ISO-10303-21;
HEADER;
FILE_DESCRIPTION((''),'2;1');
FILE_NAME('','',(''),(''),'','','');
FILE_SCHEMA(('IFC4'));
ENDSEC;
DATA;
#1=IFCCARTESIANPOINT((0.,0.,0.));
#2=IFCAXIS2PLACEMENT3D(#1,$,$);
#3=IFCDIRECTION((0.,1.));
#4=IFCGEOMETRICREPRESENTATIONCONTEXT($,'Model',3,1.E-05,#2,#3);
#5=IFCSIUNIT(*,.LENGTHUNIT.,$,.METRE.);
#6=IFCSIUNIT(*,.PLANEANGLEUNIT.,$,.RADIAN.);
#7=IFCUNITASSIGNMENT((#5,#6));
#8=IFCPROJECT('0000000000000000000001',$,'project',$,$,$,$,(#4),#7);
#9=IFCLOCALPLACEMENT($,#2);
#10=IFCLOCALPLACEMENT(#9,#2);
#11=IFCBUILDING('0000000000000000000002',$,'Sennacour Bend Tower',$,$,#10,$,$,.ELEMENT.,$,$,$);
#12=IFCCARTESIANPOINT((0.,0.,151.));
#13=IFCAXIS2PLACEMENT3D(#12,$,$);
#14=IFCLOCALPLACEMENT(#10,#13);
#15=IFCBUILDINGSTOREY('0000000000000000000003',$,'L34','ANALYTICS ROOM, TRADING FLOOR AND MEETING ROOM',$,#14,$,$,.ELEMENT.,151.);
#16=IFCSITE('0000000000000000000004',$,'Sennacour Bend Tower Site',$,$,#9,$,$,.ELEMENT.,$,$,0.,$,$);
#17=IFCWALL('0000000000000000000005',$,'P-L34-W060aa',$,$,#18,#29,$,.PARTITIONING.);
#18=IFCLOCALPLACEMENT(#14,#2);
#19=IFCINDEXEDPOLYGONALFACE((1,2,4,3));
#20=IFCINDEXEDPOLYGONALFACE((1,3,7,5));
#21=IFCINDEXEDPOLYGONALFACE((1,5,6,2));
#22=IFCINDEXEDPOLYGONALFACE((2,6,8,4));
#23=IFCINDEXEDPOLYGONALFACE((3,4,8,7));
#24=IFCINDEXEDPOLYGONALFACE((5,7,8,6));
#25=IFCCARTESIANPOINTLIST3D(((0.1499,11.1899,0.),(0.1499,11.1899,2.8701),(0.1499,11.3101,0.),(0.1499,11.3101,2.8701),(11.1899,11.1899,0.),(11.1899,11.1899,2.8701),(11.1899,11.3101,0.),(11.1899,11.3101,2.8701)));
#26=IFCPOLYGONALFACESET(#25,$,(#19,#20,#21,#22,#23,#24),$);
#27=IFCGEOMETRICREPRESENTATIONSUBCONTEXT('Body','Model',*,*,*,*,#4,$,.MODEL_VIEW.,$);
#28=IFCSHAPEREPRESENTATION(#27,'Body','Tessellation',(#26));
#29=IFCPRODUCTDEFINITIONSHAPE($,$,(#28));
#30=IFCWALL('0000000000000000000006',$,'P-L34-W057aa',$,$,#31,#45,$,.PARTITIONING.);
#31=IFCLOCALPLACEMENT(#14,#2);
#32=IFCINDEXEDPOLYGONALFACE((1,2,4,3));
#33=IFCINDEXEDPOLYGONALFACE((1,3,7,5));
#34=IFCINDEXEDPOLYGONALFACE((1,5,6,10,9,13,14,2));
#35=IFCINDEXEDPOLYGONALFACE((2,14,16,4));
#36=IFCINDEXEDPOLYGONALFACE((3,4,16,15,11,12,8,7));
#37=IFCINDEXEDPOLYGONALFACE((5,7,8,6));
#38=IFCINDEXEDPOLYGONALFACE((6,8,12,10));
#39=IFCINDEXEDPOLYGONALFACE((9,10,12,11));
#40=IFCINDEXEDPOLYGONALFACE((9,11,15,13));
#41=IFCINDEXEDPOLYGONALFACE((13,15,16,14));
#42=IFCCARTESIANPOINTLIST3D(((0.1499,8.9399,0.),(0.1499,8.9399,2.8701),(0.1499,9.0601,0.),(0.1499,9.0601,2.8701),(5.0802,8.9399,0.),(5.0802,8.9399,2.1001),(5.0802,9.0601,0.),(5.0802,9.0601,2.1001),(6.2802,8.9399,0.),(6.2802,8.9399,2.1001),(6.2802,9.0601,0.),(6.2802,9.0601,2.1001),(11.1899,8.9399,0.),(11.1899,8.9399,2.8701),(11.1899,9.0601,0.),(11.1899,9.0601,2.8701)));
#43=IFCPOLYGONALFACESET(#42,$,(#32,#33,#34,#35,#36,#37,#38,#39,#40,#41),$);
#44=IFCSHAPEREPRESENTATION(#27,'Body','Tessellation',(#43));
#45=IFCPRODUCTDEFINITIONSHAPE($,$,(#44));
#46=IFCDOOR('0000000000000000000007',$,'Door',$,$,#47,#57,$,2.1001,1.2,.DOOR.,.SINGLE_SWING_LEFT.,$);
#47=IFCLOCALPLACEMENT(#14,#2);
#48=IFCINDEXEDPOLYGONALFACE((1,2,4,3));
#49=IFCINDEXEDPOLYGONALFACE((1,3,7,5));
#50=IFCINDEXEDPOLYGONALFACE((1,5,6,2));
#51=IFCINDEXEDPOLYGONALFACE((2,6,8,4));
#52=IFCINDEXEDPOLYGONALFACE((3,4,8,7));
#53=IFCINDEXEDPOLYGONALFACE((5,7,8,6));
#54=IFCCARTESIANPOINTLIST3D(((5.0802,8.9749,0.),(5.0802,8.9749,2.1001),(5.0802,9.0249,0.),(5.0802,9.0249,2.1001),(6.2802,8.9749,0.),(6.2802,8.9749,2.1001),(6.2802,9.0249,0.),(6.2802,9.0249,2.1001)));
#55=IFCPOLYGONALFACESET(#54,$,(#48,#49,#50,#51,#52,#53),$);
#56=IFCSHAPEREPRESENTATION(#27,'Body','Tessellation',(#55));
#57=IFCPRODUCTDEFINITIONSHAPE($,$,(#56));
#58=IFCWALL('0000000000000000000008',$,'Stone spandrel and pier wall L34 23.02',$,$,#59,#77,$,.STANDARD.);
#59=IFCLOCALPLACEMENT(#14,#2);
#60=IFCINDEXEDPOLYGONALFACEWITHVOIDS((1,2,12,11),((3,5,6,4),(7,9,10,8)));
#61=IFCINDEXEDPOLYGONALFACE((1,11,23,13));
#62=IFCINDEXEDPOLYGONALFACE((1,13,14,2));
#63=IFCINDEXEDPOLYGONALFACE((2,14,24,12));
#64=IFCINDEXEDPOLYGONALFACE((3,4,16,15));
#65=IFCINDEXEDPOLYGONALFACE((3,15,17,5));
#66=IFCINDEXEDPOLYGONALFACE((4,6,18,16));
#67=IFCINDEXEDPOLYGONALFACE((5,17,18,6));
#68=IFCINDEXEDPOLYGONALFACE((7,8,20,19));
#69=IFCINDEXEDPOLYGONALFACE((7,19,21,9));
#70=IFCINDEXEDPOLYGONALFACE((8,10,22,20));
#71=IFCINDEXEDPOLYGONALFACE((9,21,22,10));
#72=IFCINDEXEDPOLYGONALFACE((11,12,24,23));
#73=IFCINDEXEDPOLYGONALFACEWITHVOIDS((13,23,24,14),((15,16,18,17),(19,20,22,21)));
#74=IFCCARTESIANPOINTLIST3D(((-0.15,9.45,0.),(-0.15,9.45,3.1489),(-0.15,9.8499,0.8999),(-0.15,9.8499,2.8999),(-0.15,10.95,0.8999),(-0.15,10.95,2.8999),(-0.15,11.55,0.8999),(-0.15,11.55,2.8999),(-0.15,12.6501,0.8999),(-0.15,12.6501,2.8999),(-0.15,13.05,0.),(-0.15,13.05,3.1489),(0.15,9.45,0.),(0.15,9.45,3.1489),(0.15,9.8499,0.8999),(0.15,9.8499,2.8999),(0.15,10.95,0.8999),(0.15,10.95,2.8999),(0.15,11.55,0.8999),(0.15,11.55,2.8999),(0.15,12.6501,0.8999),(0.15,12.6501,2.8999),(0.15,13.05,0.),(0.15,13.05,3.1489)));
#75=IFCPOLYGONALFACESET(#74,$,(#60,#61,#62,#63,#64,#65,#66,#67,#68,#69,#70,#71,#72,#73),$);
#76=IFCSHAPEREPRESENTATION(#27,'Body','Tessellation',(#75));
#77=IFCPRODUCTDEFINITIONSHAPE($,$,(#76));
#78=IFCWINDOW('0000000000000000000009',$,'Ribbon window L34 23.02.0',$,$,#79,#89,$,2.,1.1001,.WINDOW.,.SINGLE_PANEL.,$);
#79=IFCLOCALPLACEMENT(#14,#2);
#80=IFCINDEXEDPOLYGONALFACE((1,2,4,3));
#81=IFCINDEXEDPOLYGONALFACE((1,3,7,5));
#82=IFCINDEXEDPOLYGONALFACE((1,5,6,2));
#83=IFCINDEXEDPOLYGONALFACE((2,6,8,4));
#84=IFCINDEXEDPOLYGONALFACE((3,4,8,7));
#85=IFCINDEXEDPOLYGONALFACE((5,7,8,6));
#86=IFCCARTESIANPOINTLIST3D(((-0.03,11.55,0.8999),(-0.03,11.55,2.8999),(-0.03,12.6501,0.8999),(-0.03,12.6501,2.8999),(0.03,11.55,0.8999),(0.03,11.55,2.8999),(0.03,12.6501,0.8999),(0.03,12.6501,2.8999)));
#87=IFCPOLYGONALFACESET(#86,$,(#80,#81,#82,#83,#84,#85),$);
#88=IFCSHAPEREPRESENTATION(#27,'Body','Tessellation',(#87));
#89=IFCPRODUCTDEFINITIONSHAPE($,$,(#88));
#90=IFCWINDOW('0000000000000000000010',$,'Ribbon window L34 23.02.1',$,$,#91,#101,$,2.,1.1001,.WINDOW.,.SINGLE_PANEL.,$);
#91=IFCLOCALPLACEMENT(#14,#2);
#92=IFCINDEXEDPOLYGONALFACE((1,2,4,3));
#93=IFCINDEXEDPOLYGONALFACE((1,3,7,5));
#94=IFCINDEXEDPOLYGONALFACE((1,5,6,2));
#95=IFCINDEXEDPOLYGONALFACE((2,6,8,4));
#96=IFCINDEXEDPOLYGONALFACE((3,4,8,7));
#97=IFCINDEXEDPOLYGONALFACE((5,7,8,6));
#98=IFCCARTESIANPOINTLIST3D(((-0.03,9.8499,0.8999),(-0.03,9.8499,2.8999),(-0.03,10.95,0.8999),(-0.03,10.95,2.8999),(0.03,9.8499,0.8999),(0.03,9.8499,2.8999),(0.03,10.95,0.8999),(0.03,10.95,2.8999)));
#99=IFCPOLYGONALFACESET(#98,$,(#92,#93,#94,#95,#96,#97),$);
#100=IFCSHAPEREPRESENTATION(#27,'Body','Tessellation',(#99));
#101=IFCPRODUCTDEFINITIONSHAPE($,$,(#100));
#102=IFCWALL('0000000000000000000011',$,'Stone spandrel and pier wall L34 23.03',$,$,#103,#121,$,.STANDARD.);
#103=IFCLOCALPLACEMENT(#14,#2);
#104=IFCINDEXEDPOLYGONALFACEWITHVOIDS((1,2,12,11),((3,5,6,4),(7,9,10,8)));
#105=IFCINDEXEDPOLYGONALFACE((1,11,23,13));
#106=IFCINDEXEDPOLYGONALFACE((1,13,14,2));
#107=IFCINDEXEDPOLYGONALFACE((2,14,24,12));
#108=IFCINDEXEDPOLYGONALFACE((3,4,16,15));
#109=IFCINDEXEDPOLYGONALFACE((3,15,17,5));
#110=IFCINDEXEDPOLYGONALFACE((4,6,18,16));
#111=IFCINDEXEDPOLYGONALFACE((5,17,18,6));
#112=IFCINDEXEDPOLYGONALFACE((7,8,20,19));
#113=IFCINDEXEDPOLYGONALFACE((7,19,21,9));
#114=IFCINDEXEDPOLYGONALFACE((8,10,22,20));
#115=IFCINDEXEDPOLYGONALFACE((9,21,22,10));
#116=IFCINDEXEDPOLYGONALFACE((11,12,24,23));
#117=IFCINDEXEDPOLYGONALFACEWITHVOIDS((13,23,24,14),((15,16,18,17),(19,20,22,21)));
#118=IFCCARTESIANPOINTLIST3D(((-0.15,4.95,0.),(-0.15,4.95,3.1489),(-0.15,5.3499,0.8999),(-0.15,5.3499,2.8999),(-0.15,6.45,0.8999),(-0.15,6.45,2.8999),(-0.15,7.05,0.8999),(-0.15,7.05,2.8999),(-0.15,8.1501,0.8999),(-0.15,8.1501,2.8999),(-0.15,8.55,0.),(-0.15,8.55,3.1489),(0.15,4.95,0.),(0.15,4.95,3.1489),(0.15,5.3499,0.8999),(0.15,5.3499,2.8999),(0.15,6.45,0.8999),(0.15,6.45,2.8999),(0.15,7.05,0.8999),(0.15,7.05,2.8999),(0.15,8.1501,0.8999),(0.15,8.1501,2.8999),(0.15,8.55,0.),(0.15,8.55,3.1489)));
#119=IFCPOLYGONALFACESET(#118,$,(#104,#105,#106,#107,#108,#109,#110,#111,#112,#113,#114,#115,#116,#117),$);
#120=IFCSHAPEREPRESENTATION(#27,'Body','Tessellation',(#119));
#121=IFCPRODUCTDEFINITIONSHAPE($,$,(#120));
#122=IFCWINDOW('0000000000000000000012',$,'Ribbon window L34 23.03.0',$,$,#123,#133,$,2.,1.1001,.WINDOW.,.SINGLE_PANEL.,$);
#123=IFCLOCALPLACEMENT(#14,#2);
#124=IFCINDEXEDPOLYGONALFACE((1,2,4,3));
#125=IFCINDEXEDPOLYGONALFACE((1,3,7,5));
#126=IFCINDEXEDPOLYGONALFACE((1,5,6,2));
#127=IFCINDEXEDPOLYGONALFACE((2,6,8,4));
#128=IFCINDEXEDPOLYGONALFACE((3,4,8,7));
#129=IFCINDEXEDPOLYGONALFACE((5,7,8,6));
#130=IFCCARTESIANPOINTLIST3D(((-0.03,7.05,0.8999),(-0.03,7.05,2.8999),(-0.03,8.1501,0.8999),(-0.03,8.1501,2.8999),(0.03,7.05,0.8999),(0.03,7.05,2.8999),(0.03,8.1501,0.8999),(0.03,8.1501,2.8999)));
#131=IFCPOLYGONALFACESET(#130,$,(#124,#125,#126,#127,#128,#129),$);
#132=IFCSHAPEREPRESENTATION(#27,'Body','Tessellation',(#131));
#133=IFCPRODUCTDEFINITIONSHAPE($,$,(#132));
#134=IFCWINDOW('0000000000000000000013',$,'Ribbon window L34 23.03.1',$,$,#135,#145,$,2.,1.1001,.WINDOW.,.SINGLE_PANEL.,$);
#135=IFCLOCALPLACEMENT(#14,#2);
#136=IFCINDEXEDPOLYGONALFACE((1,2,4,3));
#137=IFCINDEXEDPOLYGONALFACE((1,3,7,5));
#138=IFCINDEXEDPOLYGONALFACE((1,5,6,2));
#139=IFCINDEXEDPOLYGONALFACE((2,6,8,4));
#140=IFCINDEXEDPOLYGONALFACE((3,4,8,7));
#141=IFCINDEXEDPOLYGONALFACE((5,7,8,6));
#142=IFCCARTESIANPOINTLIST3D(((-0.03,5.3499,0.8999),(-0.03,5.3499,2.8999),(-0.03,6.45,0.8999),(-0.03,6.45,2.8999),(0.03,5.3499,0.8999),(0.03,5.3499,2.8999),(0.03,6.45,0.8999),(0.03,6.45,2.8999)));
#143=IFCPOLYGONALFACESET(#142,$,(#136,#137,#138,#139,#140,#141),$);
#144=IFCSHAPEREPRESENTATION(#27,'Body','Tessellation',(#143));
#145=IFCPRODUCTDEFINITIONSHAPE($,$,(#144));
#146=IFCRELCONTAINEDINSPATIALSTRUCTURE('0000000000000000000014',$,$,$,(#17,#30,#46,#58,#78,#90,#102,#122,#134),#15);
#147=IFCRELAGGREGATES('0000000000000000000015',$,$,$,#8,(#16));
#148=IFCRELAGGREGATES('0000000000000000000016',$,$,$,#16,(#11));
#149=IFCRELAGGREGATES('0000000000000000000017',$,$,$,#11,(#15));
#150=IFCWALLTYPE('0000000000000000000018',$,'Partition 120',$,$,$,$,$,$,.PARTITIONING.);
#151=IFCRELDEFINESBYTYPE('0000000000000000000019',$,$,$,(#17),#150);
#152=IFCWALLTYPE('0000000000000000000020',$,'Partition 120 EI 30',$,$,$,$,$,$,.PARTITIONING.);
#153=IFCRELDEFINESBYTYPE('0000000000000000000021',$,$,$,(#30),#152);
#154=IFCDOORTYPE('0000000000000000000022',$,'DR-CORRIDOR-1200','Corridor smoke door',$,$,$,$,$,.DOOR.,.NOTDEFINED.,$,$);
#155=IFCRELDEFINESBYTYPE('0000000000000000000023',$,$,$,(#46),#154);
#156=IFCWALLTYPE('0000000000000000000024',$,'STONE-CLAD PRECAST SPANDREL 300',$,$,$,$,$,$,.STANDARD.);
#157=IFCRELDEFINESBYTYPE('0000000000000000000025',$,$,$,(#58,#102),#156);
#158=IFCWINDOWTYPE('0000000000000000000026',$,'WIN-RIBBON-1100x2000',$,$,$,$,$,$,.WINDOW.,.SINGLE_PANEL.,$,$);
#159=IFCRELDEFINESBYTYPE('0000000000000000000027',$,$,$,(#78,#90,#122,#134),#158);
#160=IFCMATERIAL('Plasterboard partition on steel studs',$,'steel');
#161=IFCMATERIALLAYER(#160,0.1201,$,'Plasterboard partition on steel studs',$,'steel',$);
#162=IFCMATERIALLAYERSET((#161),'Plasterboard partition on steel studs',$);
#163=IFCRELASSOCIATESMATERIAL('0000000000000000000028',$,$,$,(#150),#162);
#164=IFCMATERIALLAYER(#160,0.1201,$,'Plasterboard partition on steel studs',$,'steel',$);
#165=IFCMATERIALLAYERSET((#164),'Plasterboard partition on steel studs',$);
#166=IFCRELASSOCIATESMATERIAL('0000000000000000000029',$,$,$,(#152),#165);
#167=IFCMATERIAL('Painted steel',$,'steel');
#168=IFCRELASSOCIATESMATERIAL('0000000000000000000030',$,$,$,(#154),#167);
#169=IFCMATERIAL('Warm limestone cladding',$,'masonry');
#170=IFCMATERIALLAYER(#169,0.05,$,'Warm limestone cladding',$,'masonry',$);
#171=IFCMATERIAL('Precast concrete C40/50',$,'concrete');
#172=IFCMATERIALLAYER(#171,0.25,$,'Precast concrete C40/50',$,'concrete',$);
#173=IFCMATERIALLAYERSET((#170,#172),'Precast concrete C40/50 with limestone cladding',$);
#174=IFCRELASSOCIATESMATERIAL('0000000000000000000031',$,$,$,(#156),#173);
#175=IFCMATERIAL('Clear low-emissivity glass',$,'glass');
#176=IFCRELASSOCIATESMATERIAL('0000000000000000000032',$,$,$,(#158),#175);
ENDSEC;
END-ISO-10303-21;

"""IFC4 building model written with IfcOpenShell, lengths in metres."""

from ifc_helpers import new_model, si_unit, direction, frame, frame_2d, origin, place, context, subcontext, project, spatial, rectangle, extrude, material, layer, layer_set, type_object, element, fill, save


model = new_model("IFC4")

# Units and contexts
model_context = context("Model", 3, precision=1e-05, world=origin(), true_north=direction((0.0, 1.0)))
body_context = subcontext(model_context, "Body", "Model", "MODEL_VIEW")
ifc_project = project(units=[si_unit("LENGTHUNIT", "METRE"), si_unit("PLANEANGLEUNIT", "RADIAN")], contexts=[model_context])

# Site, building, storey
site_placement = place(None, origin())
site = spatial("IfcSite", under=ifc_project, at=site_placement, Name="Sennacour Bend Tower Site", CompositionType="ELEMENT", RefElevation=0.0)
building_placement = place(site_placement, origin())
building = spatial("IfcBuilding", under=site, at=building_placement, Name="Sennacour Bend Tower", CompositionType="ELEMENT")
storey_placement = place(building_placement, frame((0.0, 0.0, 151.0)))
storey = spatial("IfcBuildingStorey", under=building, at=storey_placement, Name="L34", Description="ANALYTICS ROOM, TRADING FLOOR AND MEETING ROOM", CompositionType="ELEMENT", Elevation=151.0)

# Wall
ifc_material_1 = material(Name="Plasterboard partition on steel studs", Category="steel")
ifc_layer_1 = layer(ifc_material_1, 0.1201, Name="Plasterboard partition on steel studs", Category="steel")
ifc_layer_set_1 = layer_set([ifc_layer_1], Name="Plasterboard partition on steel studs")
wall_type_1 = type_object("IfcWallType", Name="Partition 120", PredefinedType="PARTITIONING", material=ifc_layer_set_1)
wall_1_placement = place(storey_placement, frame((0.1499, 11.25, 0.0), z_axis=(0.0, 0.0, 1.0), x_axis=(1.0, 0.0, 0.0)))
element("IfcWall", 1, at=wall_1_placement, inside=storey, type_object=wall_type_1, Name="P-L34-W060aa", PredefinedType="PARTITIONING", context=body_context, shape_type="SweptSolid", body=[
    extrude(rectangle(XDim=11.04, YDim=0.1201, at=frame_2d((5.52, 0.0))), origin(), (0.0, 0.0, 1.0), 2.8701),
])

# Wall, opening, door
ifc_layer_2 = layer(ifc_material_1, 0.1201, Name="Plasterboard partition on steel studs", Category="steel")
ifc_layer_set_2 = layer_set([ifc_layer_2], Name="Plasterboard partition on steel studs")
wall_type_2 = type_object("IfcWallType", Name="Partition 120 EI 30", PredefinedType="PARTITIONING", material=ifc_layer_set_2)
wall_2_placement = place(storey_placement, frame((0.1499, 9.0, 0.0), z_axis=(0.0, 0.0, 1.0), x_axis=(1.0, 0.0, 0.0)))
wall_2 = element("IfcWall", 2, at=wall_2_placement, inside=storey, type_object=wall_type_2, Name="P-L34-W057aa", PredefinedType="PARTITIONING", context=body_context, shape_type="SweptSolid", body=[
    extrude(rectangle(XDim=11.04, YDim=0.1201, at=frame_2d((5.52, 0.0))), origin(), (0.0, 0.0, 1.0), 2.8701),
])
opening_1_placement = place(wall_2_placement, frame((4.9302, 0.0, 0.0)))
opening_1 = element("IfcOpeningElement", 3, at=opening_1_placement, cuts=wall_2, PredefinedType="OPENING", context=body_context, shape_type="SweptSolid", body=[
    extrude(rectangle(XDim=1.2, YDim=2.1001, at=frame_2d((0.6001, 1.05))), frame((0.0, 0.0701, 0.0), z_axis=(0.0, -1.0, 0.0), x_axis=(1.0, 0.0, 0.0)), (0.0, 0.0, 1.0), 0.1401),
])
ifc_material_2 = material(Name="Painted steel", Category="steel")
door_type_1 = type_object("IfcDoorType", Name="DR-CORRIDOR-1200", Description="Corridor smoke door", OperationType="NOTDEFINED", PredefinedType="DOOR", material=ifc_material_2)
door_1_placement = place(opening_1_placement, origin())
door_1 = element("IfcDoor", 4, at=door_1_placement, inside=storey, type_object=door_type_1, Name="Door", OperationType="SINGLE_SWING_LEFT", OverallHeight=2.1001, OverallWidth=1.2, PredefinedType="DOOR", context=body_context, shape_type="SweptSolid", body=[
    extrude(rectangle(XDim=1.2, YDim=2.1001, at=frame_2d((0.6001, 1.05))), frame((0.0, 0.0249, 0.0), z_axis=(0.0, -1.0, 0.0), x_axis=(1.0, 0.0, 0.0)), (0.0, 0.0, 1.0), 0.05),
])
fill(opening_1, door_1)

# Walls, openings, windows
ifc_material_3 = material(Name="Warm limestone cladding", Category="masonry")
ifc_layer_3 = layer(ifc_material_3, 0.05, Name="Warm limestone cladding", Category="masonry")
ifc_material_4 = material(Name="Precast concrete C40/50", Category="concrete")
ifc_layer_4 = layer(ifc_material_4, 0.25, Name="Precast concrete C40/50", Category="concrete")
ifc_layer_set_3 = layer_set([ifc_layer_3, ifc_layer_4], Name="Precast concrete C40/50 with limestone cladding")
wall_type_3 = type_object("IfcWallType", Name="STONE-CLAD PRECAST SPANDREL 300", PredefinedType="STANDARD", material=ifc_layer_set_3)
wall_3_placement = place(storey_placement, frame((0.0, 13.05, 0.0), z_axis=(0.0, 0.0, 1.0), x_axis=(0.0, -1.0, 0.0)))
wall_3 = element("IfcWall", 5, at=wall_3_placement, inside=storey, type_object=wall_type_3, Name="Stone spandrel and pier wall L34 23.02", PredefinedType="STANDARD", context=body_context, shape_type="SweptSolid", body=[
    extrude(rectangle(XDim=3.6001, YDim=0.3, at=frame_2d((1.8, 0.0))), origin(), (0.0, 0.0, 1.0), 3.1489),
])
opening_2_placement = place(wall_3_placement, frame((0.3999, 0.0, 0.8999)))
opening_2 = element("IfcOpeningElement", 6, at=opening_2_placement, cuts=wall_3, PredefinedType="OPENING", context=body_context, shape_type="SweptSolid", body=[
    extrude(rectangle(XDim=1.1001, YDim=2.0, at=frame_2d((0.55, 1.0))), frame((0.0, 0.1602, 0.0), z_axis=(0.0, -1.0, 0.0), x_axis=(1.0, 0.0, 0.0)), (0.0, 0.0, 1.0), 0.3201),
])
opening_3_placement = place(wall_3_placement, frame((2.1001, 0.0, 0.8999)))
opening_3 = element("IfcOpeningElement", 7, at=opening_3_placement, cuts=wall_3, PredefinedType="OPENING", context=body_context, shape_type="SweptSolid", body=[
    extrude(rectangle(XDim=1.1001, YDim=2.0, at=frame_2d((0.55, 1.0))), frame((0.0, 0.1602, 0.0), z_axis=(0.0, -1.0, 0.0), x_axis=(1.0, 0.0, 0.0)), (0.0, 0.0, 1.0), 0.3201),
])
ifc_material_5 = material(Name="Clear low-emissivity glass", Category="glass")
window_type = type_object("IfcWindowType", Name="WIN-RIBBON-1100x2000", PartitioningType="SINGLE_PANEL", PredefinedType="WINDOW", material=ifc_material_5)
window_1_placement = place(opening_2_placement, origin())
window_1 = element("IfcWindow", 8, at=window_1_placement, inside=storey, type_object=window_type, Name="Ribbon window L34 23.02.0", OverallHeight=2.0, OverallWidth=1.1001, PartitioningType="SINGLE_PANEL", PredefinedType="WINDOW", context=body_context, shape_type="SweptSolid", body=[
    extrude(rectangle(XDim=1.1001, YDim=2.0, at=frame_2d((0.55, 1.0))), frame((0.0, 0.03, 0.0), z_axis=(0.0, -1.0, 0.0), x_axis=(1.0, 0.0, 0.0)), (0.0, 0.0, 1.0), 0.0601),
])
fill(opening_2, window_1)
window_2_placement = place(opening_3_placement, origin())
window_2 = element("IfcWindow", 9, at=window_2_placement, inside=storey, type_object=window_type, Name="Ribbon window L34 23.02.1", OverallHeight=2.0, OverallWidth=1.1001, PartitioningType="SINGLE_PANEL", PredefinedType="WINDOW", context=body_context, shape_type="SweptSolid", body=[
    extrude(rectangle(XDim=1.1001, YDim=2.0, at=frame_2d((0.55, 1.0))), frame((0.0, 0.03, 0.0), z_axis=(0.0, -1.0, 0.0), x_axis=(1.0, 0.0, 0.0)), (0.0, 0.0, 1.0), 0.0601),
])
fill(opening_3, window_2)
wall_4_placement = place(storey_placement, frame((0.0, 8.55, 0.0), z_axis=(0.0, 0.0, 1.0), x_axis=(0.0, -1.0, 0.0)))
wall_4 = element("IfcWall", 10, at=wall_4_placement, inside=storey, type_object=wall_type_3, Name="Stone spandrel and pier wall L34 23.03", PredefinedType="STANDARD", context=body_context, shape_type="SweptSolid", body=[
    extrude(rectangle(XDim=3.6001, YDim=0.3, at=frame_2d((1.8, 0.0))), origin(), (0.0, 0.0, 1.0), 3.1489),
])
opening_4_placement = place(wall_4_placement, frame((0.3999, 0.0, 0.8999)))
opening_4 = element("IfcOpeningElement", 11, at=opening_4_placement, cuts=wall_4, PredefinedType="OPENING", context=body_context, shape_type="SweptSolid", body=[
    extrude(rectangle(XDim=1.1001, YDim=2.0, at=frame_2d((0.55, 1.0))), frame((0.0, 0.1602, 0.0), z_axis=(0.0, -1.0, 0.0), x_axis=(1.0, 0.0, 0.0)), (0.0, 0.0, 1.0), 0.3201),
])
opening_5_placement = place(wall_4_placement, frame((2.1001, 0.0, 0.8999)))
opening_5 = element("IfcOpeningElement", 12, at=opening_5_placement, cuts=wall_4, PredefinedType="OPENING", context=body_context, shape_type="SweptSolid", body=[
    extrude(rectangle(XDim=1.1001, YDim=2.0, at=frame_2d((0.55, 1.0))), frame((0.0, 0.1602, 0.0), z_axis=(0.0, -1.0, 0.0), x_axis=(1.0, 0.0, 0.0)), (0.0, 0.0, 1.0), 0.3201),
])
window_3_placement = place(opening_4_placement, origin())
window_3 = element("IfcWindow", 13, at=window_3_placement, inside=storey, type_object=window_type, Name="Ribbon window L34 23.03.0", OverallHeight=2.0, OverallWidth=1.1001, PartitioningType="SINGLE_PANEL", PredefinedType="WINDOW", context=body_context, shape_type="SweptSolid", body=[
    extrude(rectangle(XDim=1.1001, YDim=2.0, at=frame_2d((0.55, 1.0))), frame((0.0, 0.03, 0.0), z_axis=(0.0, -1.0, 0.0), x_axis=(1.0, 0.0, 0.0)), (0.0, 0.0, 1.0), 0.0601),
])
fill(opening_4, window_3)
window_4_placement = place(opening_5_placement, origin())
window_4 = element("IfcWindow", 14, at=window_4_placement, inside=storey, type_object=window_type, Name="Ribbon window L34 23.03.1", OverallHeight=2.0, OverallWidth=1.1001, PartitioningType="SINGLE_PANEL", PredefinedType="WINDOW", context=body_context, shape_type="SweptSolid", body=[
    extrude(rectangle(XDim=1.1001, YDim=2.0, at=frame_2d((0.55, 1.0))), frame((0.0, 0.03, 0.0), z_axis=(0.0, -1.0, 0.0), x_axis=(1.0, 0.0, 0.0)), (0.0, 0.0, 1.0), 0.0601),
])
fill(opening_5, window_4)

save(model, "model.ifc")
